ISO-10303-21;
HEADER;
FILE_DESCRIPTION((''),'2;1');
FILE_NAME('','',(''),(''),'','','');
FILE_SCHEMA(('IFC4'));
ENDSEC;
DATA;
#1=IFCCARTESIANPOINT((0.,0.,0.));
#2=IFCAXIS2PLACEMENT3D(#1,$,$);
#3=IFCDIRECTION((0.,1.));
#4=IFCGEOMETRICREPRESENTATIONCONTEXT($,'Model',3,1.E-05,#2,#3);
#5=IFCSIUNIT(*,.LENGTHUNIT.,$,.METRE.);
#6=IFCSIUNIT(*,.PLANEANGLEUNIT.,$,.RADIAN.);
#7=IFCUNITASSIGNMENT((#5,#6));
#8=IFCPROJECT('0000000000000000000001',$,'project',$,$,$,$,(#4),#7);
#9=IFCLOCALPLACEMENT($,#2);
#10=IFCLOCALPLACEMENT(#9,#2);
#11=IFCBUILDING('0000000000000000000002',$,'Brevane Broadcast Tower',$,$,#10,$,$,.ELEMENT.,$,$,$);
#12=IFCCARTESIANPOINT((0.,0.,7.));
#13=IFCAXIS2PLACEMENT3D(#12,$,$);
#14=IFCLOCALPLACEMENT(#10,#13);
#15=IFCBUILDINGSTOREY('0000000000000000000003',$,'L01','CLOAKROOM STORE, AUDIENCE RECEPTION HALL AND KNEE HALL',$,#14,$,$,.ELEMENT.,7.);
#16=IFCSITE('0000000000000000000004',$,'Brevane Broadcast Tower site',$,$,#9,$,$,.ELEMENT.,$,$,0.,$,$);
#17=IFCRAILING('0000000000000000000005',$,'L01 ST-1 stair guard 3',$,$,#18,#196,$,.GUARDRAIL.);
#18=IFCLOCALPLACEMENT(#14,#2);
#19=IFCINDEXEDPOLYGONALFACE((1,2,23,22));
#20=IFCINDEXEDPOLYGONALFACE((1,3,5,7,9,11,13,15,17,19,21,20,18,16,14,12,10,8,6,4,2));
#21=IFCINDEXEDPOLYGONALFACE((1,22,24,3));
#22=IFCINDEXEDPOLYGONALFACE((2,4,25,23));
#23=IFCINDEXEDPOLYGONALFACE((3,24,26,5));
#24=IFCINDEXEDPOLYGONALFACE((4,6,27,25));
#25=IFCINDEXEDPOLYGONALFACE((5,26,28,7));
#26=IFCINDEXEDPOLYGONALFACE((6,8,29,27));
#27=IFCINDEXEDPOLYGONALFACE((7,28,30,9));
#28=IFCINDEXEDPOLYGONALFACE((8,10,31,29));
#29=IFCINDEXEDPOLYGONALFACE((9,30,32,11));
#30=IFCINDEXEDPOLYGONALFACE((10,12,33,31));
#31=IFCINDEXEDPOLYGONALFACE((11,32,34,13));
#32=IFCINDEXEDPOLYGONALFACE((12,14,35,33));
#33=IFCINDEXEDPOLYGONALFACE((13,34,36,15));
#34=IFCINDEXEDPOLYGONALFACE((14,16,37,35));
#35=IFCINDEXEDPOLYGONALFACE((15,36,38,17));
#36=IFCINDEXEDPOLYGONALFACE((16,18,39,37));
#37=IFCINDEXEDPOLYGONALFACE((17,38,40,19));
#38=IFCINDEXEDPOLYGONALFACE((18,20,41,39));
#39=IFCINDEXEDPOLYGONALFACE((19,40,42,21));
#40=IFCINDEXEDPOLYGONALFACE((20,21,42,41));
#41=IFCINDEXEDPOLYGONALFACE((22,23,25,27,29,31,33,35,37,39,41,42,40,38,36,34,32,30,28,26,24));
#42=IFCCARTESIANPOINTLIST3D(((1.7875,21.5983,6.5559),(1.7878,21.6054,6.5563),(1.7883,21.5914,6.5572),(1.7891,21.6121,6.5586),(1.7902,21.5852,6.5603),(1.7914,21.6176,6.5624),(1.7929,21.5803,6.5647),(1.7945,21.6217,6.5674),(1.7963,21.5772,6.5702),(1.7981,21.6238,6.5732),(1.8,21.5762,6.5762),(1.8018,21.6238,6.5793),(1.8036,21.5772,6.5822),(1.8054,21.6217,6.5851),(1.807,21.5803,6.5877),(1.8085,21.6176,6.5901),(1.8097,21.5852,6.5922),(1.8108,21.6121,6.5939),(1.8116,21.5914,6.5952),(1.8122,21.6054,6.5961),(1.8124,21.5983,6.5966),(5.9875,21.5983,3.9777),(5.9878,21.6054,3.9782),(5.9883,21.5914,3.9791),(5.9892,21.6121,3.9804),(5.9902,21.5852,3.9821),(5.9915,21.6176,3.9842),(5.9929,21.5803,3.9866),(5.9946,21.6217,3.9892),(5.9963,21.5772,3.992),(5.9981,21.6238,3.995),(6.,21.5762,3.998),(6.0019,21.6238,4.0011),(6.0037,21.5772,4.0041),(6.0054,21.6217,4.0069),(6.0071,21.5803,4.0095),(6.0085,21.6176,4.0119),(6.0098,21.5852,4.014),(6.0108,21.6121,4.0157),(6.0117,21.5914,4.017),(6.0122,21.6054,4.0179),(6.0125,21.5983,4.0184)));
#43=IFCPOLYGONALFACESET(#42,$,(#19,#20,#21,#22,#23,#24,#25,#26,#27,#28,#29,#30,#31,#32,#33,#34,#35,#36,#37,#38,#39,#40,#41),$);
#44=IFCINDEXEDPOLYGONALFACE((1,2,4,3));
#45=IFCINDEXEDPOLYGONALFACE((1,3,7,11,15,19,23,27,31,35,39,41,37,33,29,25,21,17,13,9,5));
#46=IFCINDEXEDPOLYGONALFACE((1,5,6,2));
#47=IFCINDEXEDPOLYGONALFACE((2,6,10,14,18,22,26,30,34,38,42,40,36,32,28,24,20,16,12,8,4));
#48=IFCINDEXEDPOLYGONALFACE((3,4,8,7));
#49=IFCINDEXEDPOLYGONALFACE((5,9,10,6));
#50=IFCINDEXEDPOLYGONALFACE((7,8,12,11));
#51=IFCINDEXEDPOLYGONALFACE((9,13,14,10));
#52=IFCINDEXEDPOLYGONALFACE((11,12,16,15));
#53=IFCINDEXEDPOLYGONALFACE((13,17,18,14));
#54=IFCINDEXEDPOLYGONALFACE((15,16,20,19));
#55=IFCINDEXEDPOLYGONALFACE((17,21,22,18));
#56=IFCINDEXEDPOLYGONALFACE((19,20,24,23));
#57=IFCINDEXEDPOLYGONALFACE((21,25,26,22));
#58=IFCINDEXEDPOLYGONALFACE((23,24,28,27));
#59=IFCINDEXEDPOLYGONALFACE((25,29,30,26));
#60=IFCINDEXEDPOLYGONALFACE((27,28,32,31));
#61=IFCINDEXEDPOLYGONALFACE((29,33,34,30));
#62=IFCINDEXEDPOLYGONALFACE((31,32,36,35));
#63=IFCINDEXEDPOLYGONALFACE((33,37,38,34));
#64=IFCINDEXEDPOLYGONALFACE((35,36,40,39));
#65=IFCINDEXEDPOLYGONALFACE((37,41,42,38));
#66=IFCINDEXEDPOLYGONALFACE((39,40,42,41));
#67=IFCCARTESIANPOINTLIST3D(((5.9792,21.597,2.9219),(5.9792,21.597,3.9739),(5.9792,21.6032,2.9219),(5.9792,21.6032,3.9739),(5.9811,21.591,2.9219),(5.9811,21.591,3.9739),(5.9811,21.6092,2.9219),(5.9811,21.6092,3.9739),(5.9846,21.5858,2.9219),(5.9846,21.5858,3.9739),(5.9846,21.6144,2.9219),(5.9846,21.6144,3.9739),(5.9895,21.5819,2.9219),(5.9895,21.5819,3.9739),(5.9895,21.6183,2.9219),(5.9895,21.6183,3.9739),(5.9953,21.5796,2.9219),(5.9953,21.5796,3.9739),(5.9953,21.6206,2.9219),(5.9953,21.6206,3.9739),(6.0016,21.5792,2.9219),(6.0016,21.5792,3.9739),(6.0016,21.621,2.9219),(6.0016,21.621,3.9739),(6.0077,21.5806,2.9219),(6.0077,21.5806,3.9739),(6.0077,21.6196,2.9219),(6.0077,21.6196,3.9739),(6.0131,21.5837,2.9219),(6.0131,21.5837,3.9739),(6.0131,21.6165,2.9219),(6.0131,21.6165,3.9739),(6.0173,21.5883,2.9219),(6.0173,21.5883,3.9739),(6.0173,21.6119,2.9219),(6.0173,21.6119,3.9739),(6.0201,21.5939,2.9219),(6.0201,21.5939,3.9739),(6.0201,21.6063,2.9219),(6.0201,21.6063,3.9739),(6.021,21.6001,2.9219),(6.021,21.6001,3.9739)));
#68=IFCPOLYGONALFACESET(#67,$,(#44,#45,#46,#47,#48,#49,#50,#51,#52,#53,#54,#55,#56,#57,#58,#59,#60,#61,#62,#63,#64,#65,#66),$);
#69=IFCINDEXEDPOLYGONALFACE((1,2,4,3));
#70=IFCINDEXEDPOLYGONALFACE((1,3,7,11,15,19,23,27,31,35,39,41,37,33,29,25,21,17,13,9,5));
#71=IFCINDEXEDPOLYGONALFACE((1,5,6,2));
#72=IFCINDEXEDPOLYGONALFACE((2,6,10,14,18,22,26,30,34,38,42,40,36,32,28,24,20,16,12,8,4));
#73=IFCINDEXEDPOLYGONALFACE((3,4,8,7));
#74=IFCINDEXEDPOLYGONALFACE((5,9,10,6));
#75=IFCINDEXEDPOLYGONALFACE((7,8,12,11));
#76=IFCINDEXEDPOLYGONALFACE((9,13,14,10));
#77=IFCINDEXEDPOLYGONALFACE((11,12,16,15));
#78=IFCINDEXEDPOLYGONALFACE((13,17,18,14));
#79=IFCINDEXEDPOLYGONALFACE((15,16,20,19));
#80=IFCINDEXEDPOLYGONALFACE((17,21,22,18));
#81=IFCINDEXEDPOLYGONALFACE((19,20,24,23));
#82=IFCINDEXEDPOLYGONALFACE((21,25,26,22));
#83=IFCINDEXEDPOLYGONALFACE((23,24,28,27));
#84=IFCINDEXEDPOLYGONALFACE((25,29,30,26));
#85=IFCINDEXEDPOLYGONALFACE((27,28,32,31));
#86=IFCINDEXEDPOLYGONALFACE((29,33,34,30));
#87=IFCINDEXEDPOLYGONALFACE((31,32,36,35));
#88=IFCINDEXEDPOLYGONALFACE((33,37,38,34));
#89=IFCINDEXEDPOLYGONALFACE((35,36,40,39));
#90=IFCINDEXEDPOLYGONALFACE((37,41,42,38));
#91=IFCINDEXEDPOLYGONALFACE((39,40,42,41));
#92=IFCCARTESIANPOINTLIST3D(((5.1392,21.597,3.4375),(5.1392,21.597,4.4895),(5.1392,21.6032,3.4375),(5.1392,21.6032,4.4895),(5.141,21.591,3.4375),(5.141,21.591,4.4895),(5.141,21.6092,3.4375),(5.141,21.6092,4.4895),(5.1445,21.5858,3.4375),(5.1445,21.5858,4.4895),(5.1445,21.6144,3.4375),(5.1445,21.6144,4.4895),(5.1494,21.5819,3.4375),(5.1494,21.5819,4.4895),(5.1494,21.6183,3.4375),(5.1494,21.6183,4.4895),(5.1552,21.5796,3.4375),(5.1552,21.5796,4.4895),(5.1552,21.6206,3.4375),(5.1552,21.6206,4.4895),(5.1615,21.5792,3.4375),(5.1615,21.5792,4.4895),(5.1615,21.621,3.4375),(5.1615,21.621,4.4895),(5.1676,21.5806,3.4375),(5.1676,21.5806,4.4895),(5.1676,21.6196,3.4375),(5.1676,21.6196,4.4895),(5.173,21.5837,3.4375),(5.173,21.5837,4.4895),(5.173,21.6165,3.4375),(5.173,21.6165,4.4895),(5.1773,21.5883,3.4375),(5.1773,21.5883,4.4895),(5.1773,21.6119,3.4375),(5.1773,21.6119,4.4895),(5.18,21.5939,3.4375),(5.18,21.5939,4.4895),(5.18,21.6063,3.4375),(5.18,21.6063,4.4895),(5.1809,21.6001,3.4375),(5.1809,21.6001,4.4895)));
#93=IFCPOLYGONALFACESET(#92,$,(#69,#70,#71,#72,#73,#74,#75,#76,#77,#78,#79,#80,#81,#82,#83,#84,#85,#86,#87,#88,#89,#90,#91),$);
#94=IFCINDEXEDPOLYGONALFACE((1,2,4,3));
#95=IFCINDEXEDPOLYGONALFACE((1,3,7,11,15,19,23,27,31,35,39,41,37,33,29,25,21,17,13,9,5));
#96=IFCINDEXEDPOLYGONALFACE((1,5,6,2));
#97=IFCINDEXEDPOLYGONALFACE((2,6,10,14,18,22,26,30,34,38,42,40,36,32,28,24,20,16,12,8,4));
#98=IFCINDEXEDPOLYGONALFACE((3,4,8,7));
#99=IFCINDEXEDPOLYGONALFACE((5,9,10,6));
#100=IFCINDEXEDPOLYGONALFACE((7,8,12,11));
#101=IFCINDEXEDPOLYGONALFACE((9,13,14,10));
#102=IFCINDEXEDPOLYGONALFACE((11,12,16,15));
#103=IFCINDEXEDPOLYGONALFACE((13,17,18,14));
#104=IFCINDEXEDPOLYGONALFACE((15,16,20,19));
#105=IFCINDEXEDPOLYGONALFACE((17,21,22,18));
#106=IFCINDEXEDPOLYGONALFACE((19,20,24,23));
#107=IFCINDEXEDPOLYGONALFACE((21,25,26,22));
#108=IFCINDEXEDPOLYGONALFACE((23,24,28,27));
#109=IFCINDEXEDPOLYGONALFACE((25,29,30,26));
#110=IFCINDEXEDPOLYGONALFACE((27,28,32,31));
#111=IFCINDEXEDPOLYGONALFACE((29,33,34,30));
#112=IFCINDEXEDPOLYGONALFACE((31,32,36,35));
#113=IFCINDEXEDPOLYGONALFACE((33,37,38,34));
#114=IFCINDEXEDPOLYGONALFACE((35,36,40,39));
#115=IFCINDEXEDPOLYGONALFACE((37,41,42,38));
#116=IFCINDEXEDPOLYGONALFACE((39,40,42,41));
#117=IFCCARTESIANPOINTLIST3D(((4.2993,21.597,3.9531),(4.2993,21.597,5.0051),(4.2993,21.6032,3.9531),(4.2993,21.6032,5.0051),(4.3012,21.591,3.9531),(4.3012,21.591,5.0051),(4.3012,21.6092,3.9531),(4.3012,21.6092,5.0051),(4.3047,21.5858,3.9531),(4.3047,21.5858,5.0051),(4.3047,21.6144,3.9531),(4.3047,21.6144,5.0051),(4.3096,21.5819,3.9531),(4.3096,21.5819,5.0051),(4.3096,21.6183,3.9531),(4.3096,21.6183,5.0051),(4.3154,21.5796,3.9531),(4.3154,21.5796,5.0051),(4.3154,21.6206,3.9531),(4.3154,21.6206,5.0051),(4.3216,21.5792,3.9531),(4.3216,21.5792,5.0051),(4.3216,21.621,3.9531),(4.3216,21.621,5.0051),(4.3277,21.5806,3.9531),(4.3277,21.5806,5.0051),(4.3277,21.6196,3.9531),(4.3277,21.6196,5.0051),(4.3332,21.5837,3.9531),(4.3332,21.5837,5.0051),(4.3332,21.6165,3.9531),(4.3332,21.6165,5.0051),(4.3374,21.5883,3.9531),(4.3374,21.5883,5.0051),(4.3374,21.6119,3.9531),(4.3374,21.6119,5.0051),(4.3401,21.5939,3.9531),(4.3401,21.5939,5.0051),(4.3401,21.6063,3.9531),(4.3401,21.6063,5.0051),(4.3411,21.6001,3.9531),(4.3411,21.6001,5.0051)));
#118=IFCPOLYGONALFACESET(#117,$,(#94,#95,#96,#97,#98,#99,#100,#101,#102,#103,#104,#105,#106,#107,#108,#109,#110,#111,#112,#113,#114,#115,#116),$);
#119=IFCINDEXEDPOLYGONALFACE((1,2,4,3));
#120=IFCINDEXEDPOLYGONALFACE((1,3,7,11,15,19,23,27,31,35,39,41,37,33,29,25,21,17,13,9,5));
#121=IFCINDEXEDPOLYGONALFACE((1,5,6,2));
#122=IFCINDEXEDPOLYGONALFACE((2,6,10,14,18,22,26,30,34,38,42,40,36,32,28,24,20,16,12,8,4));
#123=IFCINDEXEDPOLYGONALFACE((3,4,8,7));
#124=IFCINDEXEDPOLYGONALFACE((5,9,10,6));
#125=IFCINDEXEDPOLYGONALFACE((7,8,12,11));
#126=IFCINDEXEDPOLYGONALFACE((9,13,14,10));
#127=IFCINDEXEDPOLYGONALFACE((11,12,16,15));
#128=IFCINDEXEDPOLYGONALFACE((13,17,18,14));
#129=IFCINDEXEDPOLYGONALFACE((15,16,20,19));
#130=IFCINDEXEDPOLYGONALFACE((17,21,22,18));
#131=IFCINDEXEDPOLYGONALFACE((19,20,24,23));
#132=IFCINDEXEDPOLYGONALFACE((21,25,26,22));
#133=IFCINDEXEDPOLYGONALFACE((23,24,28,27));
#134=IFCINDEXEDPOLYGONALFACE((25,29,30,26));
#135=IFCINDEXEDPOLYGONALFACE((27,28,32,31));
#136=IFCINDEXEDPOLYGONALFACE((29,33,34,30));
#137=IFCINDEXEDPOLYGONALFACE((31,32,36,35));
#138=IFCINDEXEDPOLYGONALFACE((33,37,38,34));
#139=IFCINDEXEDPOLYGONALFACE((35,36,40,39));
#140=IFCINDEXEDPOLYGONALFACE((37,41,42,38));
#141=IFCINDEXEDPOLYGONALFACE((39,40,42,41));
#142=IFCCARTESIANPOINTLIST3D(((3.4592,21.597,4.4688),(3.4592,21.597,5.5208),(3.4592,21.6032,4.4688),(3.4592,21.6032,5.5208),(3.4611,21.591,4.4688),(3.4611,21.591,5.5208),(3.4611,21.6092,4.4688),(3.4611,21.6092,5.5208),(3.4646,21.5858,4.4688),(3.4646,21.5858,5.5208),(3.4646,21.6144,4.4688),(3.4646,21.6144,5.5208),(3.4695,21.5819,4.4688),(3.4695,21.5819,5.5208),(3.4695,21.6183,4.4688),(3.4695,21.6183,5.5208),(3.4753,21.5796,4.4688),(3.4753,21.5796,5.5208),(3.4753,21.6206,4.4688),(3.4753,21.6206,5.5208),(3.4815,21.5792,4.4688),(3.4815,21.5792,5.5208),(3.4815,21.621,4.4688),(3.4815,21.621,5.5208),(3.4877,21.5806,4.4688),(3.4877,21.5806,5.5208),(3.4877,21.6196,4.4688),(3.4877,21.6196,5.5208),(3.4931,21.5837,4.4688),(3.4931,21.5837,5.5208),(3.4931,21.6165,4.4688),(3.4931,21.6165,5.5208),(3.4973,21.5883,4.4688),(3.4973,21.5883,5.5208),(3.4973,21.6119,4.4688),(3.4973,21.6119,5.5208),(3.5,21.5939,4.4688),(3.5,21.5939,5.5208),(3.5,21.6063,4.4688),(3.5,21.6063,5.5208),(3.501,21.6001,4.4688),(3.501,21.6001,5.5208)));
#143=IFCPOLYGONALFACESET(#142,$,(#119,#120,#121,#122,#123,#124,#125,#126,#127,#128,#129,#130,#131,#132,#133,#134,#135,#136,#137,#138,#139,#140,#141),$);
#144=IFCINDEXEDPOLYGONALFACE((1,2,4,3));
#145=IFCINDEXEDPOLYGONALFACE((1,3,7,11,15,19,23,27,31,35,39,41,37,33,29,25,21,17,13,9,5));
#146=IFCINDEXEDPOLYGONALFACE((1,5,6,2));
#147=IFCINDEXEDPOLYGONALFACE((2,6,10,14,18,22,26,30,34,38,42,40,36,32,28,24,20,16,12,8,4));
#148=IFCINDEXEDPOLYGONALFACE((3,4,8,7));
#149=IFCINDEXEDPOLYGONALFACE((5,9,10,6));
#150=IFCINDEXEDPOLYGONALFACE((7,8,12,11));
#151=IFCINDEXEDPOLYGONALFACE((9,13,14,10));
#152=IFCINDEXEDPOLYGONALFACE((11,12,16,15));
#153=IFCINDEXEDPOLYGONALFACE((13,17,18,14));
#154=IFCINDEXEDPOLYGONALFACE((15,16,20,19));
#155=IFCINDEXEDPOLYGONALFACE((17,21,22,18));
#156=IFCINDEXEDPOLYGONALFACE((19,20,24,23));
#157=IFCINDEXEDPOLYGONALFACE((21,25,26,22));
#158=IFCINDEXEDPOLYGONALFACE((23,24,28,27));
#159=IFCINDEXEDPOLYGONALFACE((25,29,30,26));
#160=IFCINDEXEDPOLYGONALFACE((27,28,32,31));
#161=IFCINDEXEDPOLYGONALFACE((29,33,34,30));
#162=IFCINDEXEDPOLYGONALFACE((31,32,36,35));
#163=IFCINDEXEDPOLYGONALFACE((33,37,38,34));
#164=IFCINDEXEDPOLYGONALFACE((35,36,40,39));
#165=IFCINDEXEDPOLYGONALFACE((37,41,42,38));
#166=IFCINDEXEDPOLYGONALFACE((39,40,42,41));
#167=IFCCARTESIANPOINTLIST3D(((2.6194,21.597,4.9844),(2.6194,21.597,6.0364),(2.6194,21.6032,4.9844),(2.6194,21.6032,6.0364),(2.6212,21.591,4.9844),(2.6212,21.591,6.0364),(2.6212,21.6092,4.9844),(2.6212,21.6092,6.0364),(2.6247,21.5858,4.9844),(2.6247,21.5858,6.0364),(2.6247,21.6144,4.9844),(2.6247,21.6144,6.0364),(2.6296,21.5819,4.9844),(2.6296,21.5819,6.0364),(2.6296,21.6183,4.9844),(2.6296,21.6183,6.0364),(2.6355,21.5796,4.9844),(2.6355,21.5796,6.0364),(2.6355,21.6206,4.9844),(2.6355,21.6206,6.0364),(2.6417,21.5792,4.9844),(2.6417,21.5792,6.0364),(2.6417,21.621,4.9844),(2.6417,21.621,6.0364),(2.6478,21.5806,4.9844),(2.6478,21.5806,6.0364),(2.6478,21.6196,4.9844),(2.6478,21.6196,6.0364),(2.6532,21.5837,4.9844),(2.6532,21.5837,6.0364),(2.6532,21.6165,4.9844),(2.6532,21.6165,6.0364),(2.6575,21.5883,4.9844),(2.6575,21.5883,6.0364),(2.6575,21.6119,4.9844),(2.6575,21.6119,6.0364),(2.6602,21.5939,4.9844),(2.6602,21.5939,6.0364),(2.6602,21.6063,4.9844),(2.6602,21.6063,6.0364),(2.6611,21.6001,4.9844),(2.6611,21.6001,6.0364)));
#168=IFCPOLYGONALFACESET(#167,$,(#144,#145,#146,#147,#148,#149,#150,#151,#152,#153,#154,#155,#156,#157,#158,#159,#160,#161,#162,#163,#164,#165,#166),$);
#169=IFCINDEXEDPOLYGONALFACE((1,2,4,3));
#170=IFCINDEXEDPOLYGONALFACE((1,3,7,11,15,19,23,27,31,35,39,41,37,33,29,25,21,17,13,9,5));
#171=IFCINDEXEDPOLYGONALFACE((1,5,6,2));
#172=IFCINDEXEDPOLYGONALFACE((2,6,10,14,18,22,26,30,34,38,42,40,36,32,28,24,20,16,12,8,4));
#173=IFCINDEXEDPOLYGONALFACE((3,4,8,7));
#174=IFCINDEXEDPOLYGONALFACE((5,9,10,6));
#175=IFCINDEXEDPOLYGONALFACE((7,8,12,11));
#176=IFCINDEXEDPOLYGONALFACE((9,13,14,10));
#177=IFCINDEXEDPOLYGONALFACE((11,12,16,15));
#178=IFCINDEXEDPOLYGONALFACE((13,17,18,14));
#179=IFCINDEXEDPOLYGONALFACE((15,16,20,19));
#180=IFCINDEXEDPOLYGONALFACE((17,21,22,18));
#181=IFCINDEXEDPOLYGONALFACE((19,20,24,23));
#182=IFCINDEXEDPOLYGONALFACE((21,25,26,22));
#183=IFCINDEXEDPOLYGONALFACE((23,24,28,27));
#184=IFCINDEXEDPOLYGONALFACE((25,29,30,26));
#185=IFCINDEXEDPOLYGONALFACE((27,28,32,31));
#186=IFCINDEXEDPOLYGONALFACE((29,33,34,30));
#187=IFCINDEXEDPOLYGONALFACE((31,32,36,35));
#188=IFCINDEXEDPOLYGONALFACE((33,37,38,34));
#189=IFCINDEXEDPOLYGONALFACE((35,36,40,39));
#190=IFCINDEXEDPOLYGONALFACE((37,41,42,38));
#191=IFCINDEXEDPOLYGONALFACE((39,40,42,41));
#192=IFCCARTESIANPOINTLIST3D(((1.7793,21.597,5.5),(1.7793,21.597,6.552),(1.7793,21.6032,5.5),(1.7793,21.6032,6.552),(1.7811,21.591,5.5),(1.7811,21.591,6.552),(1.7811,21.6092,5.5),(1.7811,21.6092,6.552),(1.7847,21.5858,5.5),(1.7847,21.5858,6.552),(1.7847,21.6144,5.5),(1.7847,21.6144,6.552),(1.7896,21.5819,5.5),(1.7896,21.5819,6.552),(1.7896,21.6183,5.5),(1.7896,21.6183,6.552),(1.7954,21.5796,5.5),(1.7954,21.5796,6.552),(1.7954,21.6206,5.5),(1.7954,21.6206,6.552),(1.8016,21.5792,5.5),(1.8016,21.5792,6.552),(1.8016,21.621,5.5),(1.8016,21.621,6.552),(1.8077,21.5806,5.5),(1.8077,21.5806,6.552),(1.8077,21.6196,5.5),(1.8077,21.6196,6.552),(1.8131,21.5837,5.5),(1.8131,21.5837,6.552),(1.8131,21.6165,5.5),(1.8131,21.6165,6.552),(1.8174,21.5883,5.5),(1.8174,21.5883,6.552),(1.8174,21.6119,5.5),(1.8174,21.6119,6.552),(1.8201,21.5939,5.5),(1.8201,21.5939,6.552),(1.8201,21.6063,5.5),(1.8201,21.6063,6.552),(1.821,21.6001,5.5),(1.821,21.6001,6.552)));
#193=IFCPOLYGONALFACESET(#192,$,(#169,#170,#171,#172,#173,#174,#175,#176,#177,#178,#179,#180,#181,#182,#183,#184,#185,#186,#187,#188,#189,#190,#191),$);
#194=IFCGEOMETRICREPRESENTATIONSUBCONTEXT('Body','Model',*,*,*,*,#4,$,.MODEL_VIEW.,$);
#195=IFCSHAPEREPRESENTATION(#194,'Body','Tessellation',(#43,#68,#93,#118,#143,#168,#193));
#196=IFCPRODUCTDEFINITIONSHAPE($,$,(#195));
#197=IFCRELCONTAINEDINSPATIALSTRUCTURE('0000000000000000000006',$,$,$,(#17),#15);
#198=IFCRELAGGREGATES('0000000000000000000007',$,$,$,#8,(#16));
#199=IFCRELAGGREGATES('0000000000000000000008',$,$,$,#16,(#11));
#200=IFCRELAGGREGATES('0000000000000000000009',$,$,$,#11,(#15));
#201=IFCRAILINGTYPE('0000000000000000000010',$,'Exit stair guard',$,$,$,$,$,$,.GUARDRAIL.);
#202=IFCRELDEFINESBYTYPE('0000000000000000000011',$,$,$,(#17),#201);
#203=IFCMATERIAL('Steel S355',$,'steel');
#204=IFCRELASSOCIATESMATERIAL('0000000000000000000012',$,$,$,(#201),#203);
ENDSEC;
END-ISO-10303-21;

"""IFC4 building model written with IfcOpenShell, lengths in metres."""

from ifc_helpers import new_model, si_unit, direction, frame, origin, origin_2d, place, context, subcontext, project, spatial, circle, extrude, material, type_object, element, save


model = new_model("IFC4")

# Units and contexts
model_context = context("Model", 3, precision=1e-05, world=origin(), true_north=direction((0.0, 1.0)))
body_context = subcontext(model_context, "Body", "Model", "MODEL_VIEW")
ifc_project = project(units=[si_unit("LENGTHUNIT", "METRE"), si_unit("PLANEANGLEUNIT", "RADIAN")], contexts=[model_context])

# Site, building, storey
site_placement = place(None, origin())
site = spatial("IfcSite", under=ifc_project, at=site_placement, Name="Brevane Broadcast Tower site", CompositionType="ELEMENT", RefElevation=0.0)
building_placement = place(site_placement, origin())
building = spatial("IfcBuilding", under=site, at=building_placement, Name="Brevane Broadcast Tower", CompositionType="ELEMENT")
storey_placement = place(building_placement, frame((0.0, 0.0, 7.0)))
storey = spatial("IfcBuildingStorey", under=building, at=storey_placement, Name="L01", Description="CLOAKROOM STORE, AUDIENCE RECEPTION HALL AND KNEE HALL", CompositionType="ELEMENT", Elevation=7.0)

# Railing
ifc_material_1 = material(Name="Steel S355", Category="steel")
railing_type_1 = type_object("IfcRailingType", Name="Exit stair guard", PredefinedType="GUARDRAIL", material=ifc_material_1)
railing_1_placement = place(storey_placement, frame((6.0, 21.6001, 2.9219)))
element("IfcRailing", 1, at=railing_1_placement, inside=storey, type_object=railing_type_1, Name="L01 ST-1 stair guard 3", PredefinedType="GUARDRAIL", context=body_context, shape_type="SweptSolid", body=[
    extrude(circle(Radius=0.0239, at=origin_2d()), frame((0.0, 0.0, 1.0762), z_axis=(-0.852243, 0.0, 0.523146), x_axis=(0.0, -1.0, 0.0)), (0.0, 0.0, 1.0), 4.9282),
    extrude(circle(Radius=0.021, at=origin_2d()), origin(), (0.0, 0.0, 1.0), 1.052),
    extrude(circle(Radius=0.021, at=origin_2d()), frame((-0.8401, 0.0, 0.5156)), (0.0, 0.0, 1.0), 1.052),
    extrude(circle(Radius=0.021, at=origin_2d()), frame((-1.6799, 0.0, 1.0312)), (0.0, 0.0, 1.0), 1.052),
    extrude(circle(Radius=0.021, at=origin_2d()), frame((-2.52, 0.0, 1.5469)), (0.0, 0.0, 1.0), 1.052),
    extrude(circle(Radius=0.021, at=origin_2d()), frame((-3.3599, 0.0, 2.0625)), (0.0, 0.0, 1.0), 1.052),
    extrude(circle(Radius=0.021, at=origin_2d()), frame((-4.2, 0.0, 2.5781)), (0.0, 0.0, 1.0), 1.052),
])

save(model, "model.ifc")
